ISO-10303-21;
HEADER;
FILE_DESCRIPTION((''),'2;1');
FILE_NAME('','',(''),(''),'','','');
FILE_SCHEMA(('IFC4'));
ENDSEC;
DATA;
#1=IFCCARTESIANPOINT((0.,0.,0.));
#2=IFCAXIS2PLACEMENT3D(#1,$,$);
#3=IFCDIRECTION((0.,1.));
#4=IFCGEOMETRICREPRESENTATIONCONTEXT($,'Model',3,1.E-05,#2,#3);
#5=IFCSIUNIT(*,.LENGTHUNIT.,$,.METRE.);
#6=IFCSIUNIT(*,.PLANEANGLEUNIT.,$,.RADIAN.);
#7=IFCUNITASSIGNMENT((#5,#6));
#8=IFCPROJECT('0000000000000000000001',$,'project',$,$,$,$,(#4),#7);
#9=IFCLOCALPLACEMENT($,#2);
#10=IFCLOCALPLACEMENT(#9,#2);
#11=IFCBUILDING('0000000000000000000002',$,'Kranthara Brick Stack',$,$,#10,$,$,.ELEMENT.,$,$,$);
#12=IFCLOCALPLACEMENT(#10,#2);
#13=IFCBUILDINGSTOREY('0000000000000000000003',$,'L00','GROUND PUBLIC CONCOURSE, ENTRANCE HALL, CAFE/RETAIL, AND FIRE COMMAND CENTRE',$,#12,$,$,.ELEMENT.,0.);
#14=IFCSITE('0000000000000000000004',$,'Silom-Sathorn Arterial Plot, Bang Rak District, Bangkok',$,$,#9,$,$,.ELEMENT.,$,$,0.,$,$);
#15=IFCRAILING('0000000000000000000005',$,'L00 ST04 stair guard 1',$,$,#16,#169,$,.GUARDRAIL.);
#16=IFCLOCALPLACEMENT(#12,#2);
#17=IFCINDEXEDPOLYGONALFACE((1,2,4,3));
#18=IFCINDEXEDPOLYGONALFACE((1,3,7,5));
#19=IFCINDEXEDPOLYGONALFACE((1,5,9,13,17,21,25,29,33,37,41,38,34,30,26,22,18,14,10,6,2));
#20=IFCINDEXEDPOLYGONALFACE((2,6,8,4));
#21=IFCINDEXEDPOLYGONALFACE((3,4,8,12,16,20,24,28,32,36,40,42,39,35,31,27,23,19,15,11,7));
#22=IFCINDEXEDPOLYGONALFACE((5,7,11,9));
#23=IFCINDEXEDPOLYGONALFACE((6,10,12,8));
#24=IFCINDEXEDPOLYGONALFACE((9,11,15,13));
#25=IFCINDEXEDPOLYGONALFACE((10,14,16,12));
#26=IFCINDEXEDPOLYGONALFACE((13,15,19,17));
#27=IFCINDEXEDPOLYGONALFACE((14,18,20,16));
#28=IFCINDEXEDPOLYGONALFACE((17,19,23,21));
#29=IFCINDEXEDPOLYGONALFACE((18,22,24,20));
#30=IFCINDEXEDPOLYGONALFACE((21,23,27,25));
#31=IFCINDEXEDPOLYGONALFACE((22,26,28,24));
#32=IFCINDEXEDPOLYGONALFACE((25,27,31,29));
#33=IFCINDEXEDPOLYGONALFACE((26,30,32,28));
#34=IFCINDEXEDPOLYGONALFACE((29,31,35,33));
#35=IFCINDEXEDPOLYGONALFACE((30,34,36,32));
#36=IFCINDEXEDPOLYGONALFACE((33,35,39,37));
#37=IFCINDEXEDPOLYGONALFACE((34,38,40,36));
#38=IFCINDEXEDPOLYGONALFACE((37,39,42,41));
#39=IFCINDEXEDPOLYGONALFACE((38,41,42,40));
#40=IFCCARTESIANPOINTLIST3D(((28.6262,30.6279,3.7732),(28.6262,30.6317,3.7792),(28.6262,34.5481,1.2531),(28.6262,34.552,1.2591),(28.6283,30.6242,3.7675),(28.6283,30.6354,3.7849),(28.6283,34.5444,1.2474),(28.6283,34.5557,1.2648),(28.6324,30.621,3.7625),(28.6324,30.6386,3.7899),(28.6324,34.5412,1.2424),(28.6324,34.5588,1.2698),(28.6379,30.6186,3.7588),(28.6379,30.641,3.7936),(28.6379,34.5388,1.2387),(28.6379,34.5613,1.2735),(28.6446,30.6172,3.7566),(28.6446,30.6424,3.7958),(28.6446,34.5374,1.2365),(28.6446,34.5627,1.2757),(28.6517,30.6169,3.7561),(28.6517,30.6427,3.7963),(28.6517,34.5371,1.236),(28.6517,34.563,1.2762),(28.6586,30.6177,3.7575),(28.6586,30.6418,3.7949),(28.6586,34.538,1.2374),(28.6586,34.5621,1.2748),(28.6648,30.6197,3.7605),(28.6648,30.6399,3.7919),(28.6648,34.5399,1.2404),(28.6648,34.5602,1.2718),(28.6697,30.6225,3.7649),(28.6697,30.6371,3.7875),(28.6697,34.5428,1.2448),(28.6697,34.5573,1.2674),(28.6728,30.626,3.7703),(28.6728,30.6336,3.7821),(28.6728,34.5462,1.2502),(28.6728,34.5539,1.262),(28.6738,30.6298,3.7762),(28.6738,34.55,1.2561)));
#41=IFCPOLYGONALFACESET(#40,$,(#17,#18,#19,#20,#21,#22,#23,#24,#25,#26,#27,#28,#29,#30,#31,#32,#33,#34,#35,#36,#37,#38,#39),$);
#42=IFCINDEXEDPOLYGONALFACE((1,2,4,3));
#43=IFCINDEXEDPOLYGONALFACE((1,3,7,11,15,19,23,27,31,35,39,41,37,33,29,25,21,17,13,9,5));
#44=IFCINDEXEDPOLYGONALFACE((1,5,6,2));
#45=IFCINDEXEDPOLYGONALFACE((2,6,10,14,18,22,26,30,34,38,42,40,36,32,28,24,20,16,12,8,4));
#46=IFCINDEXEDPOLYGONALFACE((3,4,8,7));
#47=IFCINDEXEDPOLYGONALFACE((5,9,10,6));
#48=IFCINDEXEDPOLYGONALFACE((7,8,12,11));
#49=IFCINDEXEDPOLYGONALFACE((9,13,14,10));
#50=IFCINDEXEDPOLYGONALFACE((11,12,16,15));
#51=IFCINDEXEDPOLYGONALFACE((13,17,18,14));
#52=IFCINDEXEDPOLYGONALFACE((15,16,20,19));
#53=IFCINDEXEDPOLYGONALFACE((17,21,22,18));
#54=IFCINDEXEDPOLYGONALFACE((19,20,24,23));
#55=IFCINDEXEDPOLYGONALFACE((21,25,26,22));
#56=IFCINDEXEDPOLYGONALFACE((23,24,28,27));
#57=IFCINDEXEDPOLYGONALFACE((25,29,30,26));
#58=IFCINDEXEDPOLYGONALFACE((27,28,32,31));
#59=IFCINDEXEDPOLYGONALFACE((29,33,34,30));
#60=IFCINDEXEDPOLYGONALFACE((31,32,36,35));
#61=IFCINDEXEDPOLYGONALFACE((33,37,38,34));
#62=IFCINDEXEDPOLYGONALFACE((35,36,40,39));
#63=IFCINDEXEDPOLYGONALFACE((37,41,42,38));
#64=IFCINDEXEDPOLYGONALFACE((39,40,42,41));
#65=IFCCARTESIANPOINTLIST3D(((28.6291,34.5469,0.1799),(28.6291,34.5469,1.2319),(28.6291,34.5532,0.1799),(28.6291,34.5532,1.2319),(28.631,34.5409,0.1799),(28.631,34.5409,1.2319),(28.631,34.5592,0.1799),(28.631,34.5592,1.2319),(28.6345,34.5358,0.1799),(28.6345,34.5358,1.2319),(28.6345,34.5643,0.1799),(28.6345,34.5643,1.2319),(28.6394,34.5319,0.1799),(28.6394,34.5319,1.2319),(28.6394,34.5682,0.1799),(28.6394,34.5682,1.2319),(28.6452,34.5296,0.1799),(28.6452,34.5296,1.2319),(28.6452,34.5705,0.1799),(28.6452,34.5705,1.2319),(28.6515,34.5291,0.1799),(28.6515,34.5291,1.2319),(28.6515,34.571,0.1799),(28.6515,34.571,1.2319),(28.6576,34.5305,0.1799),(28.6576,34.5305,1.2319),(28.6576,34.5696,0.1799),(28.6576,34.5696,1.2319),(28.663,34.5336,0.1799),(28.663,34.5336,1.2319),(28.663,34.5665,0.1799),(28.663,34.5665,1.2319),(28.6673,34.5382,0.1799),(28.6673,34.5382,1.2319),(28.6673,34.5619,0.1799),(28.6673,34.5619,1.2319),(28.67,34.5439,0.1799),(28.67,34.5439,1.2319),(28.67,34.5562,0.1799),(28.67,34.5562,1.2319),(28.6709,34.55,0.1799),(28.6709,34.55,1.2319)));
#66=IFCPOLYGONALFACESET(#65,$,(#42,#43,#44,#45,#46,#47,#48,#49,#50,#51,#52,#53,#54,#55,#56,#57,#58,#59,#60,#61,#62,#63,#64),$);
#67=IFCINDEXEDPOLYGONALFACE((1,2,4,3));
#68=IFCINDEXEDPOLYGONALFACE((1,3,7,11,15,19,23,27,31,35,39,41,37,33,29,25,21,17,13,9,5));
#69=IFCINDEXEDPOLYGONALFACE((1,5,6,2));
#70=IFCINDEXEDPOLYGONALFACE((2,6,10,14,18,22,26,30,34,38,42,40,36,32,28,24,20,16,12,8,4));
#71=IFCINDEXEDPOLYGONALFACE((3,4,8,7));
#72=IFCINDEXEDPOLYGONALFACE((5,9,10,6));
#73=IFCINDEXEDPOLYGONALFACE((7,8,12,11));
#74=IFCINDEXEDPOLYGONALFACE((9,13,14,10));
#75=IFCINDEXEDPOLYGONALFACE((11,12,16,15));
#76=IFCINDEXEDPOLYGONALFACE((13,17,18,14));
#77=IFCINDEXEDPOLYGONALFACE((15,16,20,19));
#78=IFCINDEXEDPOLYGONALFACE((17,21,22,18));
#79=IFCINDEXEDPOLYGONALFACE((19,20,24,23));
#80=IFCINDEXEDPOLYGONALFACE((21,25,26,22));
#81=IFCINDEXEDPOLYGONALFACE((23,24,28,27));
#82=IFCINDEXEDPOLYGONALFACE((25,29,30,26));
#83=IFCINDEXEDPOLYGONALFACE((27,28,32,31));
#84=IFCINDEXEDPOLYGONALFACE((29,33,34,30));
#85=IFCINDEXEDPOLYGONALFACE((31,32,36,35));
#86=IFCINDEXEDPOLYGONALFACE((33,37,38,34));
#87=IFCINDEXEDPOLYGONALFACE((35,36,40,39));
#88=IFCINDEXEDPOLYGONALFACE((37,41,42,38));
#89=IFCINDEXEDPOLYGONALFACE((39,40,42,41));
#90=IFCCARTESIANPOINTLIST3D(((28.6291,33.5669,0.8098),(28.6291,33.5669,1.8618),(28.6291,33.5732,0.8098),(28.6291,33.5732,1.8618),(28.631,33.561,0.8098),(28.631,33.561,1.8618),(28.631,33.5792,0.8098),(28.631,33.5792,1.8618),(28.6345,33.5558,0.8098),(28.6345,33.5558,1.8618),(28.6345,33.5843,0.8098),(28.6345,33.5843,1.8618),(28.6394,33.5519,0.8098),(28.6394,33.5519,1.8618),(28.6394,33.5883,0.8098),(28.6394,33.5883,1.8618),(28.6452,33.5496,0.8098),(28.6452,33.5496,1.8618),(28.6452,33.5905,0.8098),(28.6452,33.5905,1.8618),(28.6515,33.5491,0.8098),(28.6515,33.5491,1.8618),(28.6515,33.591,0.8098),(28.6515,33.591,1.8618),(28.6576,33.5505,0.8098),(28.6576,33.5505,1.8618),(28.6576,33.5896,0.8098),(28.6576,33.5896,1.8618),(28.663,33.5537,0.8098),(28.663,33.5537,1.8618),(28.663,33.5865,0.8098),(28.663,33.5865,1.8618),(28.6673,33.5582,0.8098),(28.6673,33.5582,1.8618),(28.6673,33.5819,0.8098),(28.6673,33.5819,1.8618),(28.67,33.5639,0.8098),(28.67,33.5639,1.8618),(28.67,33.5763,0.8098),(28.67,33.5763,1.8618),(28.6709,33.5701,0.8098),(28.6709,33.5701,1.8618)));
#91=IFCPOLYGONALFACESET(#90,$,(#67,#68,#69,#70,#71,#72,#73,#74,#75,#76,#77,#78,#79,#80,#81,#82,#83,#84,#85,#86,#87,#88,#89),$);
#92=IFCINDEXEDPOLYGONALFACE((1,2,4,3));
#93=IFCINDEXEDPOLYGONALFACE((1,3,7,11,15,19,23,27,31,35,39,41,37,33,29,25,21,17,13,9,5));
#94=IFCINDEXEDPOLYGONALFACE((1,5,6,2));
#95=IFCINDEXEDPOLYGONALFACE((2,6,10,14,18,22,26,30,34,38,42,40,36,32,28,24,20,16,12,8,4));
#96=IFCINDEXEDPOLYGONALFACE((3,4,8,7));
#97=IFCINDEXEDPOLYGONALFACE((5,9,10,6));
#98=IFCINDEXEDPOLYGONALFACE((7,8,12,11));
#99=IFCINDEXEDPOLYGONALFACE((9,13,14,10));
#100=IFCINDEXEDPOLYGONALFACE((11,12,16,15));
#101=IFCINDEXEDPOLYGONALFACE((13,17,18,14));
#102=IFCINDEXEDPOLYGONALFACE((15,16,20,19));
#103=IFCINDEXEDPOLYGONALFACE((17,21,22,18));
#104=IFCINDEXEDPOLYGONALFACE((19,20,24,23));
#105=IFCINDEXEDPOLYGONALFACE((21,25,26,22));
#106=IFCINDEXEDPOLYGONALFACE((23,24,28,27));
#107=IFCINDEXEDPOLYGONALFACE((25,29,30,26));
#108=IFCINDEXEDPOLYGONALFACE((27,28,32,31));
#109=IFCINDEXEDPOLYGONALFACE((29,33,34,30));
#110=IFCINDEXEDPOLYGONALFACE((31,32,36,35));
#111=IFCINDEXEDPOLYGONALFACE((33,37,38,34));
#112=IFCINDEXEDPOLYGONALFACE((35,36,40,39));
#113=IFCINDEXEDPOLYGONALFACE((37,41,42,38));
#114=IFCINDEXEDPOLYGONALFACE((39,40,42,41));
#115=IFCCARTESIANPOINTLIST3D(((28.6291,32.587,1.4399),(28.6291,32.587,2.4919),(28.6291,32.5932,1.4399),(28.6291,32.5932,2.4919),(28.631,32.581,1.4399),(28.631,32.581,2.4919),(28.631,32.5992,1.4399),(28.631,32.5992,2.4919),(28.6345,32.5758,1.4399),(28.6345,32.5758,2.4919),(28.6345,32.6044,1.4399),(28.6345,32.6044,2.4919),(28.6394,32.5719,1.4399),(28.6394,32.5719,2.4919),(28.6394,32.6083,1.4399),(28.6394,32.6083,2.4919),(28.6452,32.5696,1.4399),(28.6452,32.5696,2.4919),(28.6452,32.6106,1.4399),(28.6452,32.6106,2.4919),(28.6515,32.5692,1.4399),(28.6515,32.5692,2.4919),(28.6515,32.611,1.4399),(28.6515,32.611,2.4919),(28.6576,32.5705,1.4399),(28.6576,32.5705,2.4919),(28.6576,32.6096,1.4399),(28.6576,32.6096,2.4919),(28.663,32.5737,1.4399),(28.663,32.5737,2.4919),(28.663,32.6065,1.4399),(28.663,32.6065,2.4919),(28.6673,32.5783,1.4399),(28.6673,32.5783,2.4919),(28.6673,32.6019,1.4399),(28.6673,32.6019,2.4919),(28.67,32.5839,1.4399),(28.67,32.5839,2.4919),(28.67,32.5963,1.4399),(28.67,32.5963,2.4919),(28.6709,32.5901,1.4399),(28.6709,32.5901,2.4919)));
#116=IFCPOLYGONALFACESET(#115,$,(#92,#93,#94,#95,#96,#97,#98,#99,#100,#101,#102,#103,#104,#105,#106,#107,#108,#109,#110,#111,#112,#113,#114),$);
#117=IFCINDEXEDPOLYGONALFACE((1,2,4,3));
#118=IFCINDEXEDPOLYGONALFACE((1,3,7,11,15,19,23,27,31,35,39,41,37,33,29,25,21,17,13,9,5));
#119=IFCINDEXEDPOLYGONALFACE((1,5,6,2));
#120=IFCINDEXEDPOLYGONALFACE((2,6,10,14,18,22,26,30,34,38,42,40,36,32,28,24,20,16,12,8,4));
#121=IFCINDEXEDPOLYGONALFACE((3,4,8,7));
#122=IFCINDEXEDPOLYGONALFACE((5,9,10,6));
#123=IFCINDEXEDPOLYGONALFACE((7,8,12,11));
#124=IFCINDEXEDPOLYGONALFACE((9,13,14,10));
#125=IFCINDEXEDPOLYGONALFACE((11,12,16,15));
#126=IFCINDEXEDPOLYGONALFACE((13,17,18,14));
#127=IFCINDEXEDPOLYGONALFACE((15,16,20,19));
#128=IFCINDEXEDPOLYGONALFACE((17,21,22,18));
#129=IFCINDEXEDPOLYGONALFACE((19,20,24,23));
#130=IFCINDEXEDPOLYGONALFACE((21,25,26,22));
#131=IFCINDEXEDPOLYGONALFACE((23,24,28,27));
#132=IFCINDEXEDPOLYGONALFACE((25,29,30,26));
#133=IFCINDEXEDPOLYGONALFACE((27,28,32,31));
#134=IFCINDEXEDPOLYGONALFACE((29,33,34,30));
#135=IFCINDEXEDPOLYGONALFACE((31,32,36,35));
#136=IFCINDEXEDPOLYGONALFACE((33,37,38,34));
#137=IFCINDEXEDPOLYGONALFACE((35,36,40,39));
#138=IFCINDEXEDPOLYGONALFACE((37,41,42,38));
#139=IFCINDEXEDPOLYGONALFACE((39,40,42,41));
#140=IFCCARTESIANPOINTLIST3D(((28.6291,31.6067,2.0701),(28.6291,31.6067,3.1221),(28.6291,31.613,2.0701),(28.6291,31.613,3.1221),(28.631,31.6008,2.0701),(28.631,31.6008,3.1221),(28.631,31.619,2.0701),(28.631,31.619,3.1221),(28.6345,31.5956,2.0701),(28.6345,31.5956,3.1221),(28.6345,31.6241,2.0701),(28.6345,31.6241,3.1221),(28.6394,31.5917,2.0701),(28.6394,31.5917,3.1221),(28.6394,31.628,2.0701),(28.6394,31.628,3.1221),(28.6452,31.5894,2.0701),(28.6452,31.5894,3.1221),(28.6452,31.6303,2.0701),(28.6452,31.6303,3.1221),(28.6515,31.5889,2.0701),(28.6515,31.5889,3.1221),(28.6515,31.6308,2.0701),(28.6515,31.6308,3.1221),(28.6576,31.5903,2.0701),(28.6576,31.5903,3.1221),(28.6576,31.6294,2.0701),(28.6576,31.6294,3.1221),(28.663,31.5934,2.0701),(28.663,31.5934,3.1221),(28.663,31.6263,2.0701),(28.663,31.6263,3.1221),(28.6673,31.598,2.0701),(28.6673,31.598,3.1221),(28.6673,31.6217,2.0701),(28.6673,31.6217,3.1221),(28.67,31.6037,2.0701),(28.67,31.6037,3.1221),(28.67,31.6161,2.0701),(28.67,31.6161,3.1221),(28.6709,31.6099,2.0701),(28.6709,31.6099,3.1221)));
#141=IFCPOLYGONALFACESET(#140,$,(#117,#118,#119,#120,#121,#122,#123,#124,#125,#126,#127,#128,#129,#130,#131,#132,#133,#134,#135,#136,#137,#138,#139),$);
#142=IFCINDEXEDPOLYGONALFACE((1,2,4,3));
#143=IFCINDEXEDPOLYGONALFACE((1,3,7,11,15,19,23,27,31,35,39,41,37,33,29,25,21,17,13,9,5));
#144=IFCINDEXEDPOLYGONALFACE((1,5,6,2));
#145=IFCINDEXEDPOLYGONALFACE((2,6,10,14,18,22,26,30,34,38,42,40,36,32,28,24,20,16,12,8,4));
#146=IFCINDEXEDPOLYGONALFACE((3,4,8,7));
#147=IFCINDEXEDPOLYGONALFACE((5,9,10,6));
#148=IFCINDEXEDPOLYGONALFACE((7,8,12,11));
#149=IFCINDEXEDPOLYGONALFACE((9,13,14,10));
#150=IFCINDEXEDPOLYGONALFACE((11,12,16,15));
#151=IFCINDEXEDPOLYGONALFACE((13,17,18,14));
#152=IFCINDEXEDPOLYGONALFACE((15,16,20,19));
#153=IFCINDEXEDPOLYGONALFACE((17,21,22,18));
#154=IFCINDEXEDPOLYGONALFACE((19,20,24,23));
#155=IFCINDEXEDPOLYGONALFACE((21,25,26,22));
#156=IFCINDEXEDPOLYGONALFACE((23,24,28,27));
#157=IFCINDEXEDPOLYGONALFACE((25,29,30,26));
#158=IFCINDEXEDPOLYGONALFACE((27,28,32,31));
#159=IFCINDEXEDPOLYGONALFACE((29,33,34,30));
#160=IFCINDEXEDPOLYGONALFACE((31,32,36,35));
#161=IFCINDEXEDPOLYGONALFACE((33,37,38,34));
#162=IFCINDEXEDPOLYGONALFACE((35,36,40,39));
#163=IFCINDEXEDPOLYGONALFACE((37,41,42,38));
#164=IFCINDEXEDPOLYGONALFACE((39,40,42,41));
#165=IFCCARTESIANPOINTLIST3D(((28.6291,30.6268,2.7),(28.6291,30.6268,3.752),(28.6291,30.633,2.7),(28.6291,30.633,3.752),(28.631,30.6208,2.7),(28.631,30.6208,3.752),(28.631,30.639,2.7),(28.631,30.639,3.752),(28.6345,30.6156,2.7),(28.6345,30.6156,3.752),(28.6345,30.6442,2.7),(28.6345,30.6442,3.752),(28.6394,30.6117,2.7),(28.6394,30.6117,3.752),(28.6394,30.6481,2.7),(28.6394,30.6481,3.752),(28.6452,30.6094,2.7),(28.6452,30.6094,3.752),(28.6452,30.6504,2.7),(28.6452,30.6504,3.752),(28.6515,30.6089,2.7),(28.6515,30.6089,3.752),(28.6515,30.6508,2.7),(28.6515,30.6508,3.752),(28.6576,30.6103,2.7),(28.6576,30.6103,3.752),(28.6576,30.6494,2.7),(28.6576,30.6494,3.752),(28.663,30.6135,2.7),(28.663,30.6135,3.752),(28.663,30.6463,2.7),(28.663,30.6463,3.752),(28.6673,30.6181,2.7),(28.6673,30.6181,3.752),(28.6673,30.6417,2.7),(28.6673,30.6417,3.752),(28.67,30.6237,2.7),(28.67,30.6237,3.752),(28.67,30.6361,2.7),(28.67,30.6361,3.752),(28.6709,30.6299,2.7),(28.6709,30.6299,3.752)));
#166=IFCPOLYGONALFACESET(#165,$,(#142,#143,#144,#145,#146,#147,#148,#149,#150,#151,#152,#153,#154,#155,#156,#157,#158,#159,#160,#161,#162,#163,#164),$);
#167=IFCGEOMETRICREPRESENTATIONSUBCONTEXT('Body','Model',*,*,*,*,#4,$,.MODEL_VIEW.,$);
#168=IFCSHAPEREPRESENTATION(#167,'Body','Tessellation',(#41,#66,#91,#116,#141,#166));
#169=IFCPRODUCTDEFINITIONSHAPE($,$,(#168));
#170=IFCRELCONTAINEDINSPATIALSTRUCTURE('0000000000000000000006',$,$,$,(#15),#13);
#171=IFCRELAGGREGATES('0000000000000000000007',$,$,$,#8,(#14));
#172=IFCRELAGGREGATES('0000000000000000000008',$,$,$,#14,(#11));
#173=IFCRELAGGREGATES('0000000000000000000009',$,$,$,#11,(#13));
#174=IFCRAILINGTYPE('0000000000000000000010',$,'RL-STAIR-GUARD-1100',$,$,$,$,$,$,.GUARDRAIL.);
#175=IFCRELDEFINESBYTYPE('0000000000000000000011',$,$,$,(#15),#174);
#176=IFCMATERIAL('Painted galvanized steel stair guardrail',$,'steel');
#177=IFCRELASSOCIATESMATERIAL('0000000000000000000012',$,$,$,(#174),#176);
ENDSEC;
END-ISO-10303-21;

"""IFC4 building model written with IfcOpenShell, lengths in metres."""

from ifc_helpers import new_model, si_unit, direction, frame, origin, origin_2d, place, context, subcontext, project, spatial, circle, extrude, material, type_object, element, save


model = new_model("IFC4")

# Units and contexts
model_context = context("Model", 3, precision=1e-05, world=origin(), true_north=direction((0.0, 1.0)))
body_context = subcontext(model_context, "Body", "Model", "MODEL_VIEW")
ifc_project = project(units=[si_unit("LENGTHUNIT", "METRE"), si_unit("PLANEANGLEUNIT", "RADIAN")], contexts=[model_context])

# Site, building, storey
site_placement = place(None, origin())
site = spatial("IfcSite", under=ifc_project, at=site_placement, Name="Silom-Sathorn Arterial Plot, Bang Rak District, Bangkok", CompositionType="ELEMENT", RefElevation=0.0)
building_placement = place(site_placement, origin())
building = spatial("IfcBuilding", under=site, at=building_placement, Name="Kranthara Brick Stack", CompositionType="ELEMENT")
storey_placement = place(building_placement, origin())
storey = spatial("IfcBuildingStorey", under=building, at=storey_placement, Name="L00", Description="GROUND PUBLIC CONCOURSE, ENTRANCE HALL, CAFE/RETAIL, AND FIRE COMMAND CENTRE", CompositionType="ELEMENT", Elevation=0.0)

# Railing
ifc_material_1 = material(Name="Painted galvanized steel stair guardrail", Category="steel")
railing_type_1 = type_object("IfcRailingType", Name="RL-STAIR-GUARD-1100", PredefinedType="GUARDRAIL", material=ifc_material_1)
railing_1_placement = place(storey_placement, frame((28.6499, 34.55, 0.1799)))
element("IfcRailing", 1, at=railing_1_placement, inside=storey, type_object=railing_type_1, Name="L00 ST04 stair guard 1", PredefinedType="GUARDRAIL", context=body_context, shape_type="SweptSolid", body=[
    extrude(circle(Radius=0.0239, at=origin_2d()), frame((0.0, 0.0, 1.0762), z_axis=(0.0, -0.841187, 0.540744), x_axis=(1.0, 0.0, 0.0)), (0.0, 0.0, 1.0), 4.6604),
    extrude(circle(Radius=0.021, at=origin_2d()), origin(), (0.0, 0.0, 1.0), 1.052),
    extrude(circle(Radius=0.021, at=origin_2d()), frame((0.0, -0.98, 0.6299)), (0.0, 0.0, 1.0), 1.052),
    extrude(circle(Radius=0.021, at=origin_2d()), frame((0.0, -1.96, 1.26)), (0.0, 0.0, 1.0), 1.052),
    extrude(circle(Radius=0.021, at=origin_2d()), frame((0.0, -2.9402, 1.8901)), (0.0, 0.0, 1.0), 1.052),
    extrude(circle(Radius=0.021, at=origin_2d()), frame((0.0, -3.9202, 2.52)), (0.0, 0.0, 1.0), 1.052),
])

save(model, "model.ifc")
